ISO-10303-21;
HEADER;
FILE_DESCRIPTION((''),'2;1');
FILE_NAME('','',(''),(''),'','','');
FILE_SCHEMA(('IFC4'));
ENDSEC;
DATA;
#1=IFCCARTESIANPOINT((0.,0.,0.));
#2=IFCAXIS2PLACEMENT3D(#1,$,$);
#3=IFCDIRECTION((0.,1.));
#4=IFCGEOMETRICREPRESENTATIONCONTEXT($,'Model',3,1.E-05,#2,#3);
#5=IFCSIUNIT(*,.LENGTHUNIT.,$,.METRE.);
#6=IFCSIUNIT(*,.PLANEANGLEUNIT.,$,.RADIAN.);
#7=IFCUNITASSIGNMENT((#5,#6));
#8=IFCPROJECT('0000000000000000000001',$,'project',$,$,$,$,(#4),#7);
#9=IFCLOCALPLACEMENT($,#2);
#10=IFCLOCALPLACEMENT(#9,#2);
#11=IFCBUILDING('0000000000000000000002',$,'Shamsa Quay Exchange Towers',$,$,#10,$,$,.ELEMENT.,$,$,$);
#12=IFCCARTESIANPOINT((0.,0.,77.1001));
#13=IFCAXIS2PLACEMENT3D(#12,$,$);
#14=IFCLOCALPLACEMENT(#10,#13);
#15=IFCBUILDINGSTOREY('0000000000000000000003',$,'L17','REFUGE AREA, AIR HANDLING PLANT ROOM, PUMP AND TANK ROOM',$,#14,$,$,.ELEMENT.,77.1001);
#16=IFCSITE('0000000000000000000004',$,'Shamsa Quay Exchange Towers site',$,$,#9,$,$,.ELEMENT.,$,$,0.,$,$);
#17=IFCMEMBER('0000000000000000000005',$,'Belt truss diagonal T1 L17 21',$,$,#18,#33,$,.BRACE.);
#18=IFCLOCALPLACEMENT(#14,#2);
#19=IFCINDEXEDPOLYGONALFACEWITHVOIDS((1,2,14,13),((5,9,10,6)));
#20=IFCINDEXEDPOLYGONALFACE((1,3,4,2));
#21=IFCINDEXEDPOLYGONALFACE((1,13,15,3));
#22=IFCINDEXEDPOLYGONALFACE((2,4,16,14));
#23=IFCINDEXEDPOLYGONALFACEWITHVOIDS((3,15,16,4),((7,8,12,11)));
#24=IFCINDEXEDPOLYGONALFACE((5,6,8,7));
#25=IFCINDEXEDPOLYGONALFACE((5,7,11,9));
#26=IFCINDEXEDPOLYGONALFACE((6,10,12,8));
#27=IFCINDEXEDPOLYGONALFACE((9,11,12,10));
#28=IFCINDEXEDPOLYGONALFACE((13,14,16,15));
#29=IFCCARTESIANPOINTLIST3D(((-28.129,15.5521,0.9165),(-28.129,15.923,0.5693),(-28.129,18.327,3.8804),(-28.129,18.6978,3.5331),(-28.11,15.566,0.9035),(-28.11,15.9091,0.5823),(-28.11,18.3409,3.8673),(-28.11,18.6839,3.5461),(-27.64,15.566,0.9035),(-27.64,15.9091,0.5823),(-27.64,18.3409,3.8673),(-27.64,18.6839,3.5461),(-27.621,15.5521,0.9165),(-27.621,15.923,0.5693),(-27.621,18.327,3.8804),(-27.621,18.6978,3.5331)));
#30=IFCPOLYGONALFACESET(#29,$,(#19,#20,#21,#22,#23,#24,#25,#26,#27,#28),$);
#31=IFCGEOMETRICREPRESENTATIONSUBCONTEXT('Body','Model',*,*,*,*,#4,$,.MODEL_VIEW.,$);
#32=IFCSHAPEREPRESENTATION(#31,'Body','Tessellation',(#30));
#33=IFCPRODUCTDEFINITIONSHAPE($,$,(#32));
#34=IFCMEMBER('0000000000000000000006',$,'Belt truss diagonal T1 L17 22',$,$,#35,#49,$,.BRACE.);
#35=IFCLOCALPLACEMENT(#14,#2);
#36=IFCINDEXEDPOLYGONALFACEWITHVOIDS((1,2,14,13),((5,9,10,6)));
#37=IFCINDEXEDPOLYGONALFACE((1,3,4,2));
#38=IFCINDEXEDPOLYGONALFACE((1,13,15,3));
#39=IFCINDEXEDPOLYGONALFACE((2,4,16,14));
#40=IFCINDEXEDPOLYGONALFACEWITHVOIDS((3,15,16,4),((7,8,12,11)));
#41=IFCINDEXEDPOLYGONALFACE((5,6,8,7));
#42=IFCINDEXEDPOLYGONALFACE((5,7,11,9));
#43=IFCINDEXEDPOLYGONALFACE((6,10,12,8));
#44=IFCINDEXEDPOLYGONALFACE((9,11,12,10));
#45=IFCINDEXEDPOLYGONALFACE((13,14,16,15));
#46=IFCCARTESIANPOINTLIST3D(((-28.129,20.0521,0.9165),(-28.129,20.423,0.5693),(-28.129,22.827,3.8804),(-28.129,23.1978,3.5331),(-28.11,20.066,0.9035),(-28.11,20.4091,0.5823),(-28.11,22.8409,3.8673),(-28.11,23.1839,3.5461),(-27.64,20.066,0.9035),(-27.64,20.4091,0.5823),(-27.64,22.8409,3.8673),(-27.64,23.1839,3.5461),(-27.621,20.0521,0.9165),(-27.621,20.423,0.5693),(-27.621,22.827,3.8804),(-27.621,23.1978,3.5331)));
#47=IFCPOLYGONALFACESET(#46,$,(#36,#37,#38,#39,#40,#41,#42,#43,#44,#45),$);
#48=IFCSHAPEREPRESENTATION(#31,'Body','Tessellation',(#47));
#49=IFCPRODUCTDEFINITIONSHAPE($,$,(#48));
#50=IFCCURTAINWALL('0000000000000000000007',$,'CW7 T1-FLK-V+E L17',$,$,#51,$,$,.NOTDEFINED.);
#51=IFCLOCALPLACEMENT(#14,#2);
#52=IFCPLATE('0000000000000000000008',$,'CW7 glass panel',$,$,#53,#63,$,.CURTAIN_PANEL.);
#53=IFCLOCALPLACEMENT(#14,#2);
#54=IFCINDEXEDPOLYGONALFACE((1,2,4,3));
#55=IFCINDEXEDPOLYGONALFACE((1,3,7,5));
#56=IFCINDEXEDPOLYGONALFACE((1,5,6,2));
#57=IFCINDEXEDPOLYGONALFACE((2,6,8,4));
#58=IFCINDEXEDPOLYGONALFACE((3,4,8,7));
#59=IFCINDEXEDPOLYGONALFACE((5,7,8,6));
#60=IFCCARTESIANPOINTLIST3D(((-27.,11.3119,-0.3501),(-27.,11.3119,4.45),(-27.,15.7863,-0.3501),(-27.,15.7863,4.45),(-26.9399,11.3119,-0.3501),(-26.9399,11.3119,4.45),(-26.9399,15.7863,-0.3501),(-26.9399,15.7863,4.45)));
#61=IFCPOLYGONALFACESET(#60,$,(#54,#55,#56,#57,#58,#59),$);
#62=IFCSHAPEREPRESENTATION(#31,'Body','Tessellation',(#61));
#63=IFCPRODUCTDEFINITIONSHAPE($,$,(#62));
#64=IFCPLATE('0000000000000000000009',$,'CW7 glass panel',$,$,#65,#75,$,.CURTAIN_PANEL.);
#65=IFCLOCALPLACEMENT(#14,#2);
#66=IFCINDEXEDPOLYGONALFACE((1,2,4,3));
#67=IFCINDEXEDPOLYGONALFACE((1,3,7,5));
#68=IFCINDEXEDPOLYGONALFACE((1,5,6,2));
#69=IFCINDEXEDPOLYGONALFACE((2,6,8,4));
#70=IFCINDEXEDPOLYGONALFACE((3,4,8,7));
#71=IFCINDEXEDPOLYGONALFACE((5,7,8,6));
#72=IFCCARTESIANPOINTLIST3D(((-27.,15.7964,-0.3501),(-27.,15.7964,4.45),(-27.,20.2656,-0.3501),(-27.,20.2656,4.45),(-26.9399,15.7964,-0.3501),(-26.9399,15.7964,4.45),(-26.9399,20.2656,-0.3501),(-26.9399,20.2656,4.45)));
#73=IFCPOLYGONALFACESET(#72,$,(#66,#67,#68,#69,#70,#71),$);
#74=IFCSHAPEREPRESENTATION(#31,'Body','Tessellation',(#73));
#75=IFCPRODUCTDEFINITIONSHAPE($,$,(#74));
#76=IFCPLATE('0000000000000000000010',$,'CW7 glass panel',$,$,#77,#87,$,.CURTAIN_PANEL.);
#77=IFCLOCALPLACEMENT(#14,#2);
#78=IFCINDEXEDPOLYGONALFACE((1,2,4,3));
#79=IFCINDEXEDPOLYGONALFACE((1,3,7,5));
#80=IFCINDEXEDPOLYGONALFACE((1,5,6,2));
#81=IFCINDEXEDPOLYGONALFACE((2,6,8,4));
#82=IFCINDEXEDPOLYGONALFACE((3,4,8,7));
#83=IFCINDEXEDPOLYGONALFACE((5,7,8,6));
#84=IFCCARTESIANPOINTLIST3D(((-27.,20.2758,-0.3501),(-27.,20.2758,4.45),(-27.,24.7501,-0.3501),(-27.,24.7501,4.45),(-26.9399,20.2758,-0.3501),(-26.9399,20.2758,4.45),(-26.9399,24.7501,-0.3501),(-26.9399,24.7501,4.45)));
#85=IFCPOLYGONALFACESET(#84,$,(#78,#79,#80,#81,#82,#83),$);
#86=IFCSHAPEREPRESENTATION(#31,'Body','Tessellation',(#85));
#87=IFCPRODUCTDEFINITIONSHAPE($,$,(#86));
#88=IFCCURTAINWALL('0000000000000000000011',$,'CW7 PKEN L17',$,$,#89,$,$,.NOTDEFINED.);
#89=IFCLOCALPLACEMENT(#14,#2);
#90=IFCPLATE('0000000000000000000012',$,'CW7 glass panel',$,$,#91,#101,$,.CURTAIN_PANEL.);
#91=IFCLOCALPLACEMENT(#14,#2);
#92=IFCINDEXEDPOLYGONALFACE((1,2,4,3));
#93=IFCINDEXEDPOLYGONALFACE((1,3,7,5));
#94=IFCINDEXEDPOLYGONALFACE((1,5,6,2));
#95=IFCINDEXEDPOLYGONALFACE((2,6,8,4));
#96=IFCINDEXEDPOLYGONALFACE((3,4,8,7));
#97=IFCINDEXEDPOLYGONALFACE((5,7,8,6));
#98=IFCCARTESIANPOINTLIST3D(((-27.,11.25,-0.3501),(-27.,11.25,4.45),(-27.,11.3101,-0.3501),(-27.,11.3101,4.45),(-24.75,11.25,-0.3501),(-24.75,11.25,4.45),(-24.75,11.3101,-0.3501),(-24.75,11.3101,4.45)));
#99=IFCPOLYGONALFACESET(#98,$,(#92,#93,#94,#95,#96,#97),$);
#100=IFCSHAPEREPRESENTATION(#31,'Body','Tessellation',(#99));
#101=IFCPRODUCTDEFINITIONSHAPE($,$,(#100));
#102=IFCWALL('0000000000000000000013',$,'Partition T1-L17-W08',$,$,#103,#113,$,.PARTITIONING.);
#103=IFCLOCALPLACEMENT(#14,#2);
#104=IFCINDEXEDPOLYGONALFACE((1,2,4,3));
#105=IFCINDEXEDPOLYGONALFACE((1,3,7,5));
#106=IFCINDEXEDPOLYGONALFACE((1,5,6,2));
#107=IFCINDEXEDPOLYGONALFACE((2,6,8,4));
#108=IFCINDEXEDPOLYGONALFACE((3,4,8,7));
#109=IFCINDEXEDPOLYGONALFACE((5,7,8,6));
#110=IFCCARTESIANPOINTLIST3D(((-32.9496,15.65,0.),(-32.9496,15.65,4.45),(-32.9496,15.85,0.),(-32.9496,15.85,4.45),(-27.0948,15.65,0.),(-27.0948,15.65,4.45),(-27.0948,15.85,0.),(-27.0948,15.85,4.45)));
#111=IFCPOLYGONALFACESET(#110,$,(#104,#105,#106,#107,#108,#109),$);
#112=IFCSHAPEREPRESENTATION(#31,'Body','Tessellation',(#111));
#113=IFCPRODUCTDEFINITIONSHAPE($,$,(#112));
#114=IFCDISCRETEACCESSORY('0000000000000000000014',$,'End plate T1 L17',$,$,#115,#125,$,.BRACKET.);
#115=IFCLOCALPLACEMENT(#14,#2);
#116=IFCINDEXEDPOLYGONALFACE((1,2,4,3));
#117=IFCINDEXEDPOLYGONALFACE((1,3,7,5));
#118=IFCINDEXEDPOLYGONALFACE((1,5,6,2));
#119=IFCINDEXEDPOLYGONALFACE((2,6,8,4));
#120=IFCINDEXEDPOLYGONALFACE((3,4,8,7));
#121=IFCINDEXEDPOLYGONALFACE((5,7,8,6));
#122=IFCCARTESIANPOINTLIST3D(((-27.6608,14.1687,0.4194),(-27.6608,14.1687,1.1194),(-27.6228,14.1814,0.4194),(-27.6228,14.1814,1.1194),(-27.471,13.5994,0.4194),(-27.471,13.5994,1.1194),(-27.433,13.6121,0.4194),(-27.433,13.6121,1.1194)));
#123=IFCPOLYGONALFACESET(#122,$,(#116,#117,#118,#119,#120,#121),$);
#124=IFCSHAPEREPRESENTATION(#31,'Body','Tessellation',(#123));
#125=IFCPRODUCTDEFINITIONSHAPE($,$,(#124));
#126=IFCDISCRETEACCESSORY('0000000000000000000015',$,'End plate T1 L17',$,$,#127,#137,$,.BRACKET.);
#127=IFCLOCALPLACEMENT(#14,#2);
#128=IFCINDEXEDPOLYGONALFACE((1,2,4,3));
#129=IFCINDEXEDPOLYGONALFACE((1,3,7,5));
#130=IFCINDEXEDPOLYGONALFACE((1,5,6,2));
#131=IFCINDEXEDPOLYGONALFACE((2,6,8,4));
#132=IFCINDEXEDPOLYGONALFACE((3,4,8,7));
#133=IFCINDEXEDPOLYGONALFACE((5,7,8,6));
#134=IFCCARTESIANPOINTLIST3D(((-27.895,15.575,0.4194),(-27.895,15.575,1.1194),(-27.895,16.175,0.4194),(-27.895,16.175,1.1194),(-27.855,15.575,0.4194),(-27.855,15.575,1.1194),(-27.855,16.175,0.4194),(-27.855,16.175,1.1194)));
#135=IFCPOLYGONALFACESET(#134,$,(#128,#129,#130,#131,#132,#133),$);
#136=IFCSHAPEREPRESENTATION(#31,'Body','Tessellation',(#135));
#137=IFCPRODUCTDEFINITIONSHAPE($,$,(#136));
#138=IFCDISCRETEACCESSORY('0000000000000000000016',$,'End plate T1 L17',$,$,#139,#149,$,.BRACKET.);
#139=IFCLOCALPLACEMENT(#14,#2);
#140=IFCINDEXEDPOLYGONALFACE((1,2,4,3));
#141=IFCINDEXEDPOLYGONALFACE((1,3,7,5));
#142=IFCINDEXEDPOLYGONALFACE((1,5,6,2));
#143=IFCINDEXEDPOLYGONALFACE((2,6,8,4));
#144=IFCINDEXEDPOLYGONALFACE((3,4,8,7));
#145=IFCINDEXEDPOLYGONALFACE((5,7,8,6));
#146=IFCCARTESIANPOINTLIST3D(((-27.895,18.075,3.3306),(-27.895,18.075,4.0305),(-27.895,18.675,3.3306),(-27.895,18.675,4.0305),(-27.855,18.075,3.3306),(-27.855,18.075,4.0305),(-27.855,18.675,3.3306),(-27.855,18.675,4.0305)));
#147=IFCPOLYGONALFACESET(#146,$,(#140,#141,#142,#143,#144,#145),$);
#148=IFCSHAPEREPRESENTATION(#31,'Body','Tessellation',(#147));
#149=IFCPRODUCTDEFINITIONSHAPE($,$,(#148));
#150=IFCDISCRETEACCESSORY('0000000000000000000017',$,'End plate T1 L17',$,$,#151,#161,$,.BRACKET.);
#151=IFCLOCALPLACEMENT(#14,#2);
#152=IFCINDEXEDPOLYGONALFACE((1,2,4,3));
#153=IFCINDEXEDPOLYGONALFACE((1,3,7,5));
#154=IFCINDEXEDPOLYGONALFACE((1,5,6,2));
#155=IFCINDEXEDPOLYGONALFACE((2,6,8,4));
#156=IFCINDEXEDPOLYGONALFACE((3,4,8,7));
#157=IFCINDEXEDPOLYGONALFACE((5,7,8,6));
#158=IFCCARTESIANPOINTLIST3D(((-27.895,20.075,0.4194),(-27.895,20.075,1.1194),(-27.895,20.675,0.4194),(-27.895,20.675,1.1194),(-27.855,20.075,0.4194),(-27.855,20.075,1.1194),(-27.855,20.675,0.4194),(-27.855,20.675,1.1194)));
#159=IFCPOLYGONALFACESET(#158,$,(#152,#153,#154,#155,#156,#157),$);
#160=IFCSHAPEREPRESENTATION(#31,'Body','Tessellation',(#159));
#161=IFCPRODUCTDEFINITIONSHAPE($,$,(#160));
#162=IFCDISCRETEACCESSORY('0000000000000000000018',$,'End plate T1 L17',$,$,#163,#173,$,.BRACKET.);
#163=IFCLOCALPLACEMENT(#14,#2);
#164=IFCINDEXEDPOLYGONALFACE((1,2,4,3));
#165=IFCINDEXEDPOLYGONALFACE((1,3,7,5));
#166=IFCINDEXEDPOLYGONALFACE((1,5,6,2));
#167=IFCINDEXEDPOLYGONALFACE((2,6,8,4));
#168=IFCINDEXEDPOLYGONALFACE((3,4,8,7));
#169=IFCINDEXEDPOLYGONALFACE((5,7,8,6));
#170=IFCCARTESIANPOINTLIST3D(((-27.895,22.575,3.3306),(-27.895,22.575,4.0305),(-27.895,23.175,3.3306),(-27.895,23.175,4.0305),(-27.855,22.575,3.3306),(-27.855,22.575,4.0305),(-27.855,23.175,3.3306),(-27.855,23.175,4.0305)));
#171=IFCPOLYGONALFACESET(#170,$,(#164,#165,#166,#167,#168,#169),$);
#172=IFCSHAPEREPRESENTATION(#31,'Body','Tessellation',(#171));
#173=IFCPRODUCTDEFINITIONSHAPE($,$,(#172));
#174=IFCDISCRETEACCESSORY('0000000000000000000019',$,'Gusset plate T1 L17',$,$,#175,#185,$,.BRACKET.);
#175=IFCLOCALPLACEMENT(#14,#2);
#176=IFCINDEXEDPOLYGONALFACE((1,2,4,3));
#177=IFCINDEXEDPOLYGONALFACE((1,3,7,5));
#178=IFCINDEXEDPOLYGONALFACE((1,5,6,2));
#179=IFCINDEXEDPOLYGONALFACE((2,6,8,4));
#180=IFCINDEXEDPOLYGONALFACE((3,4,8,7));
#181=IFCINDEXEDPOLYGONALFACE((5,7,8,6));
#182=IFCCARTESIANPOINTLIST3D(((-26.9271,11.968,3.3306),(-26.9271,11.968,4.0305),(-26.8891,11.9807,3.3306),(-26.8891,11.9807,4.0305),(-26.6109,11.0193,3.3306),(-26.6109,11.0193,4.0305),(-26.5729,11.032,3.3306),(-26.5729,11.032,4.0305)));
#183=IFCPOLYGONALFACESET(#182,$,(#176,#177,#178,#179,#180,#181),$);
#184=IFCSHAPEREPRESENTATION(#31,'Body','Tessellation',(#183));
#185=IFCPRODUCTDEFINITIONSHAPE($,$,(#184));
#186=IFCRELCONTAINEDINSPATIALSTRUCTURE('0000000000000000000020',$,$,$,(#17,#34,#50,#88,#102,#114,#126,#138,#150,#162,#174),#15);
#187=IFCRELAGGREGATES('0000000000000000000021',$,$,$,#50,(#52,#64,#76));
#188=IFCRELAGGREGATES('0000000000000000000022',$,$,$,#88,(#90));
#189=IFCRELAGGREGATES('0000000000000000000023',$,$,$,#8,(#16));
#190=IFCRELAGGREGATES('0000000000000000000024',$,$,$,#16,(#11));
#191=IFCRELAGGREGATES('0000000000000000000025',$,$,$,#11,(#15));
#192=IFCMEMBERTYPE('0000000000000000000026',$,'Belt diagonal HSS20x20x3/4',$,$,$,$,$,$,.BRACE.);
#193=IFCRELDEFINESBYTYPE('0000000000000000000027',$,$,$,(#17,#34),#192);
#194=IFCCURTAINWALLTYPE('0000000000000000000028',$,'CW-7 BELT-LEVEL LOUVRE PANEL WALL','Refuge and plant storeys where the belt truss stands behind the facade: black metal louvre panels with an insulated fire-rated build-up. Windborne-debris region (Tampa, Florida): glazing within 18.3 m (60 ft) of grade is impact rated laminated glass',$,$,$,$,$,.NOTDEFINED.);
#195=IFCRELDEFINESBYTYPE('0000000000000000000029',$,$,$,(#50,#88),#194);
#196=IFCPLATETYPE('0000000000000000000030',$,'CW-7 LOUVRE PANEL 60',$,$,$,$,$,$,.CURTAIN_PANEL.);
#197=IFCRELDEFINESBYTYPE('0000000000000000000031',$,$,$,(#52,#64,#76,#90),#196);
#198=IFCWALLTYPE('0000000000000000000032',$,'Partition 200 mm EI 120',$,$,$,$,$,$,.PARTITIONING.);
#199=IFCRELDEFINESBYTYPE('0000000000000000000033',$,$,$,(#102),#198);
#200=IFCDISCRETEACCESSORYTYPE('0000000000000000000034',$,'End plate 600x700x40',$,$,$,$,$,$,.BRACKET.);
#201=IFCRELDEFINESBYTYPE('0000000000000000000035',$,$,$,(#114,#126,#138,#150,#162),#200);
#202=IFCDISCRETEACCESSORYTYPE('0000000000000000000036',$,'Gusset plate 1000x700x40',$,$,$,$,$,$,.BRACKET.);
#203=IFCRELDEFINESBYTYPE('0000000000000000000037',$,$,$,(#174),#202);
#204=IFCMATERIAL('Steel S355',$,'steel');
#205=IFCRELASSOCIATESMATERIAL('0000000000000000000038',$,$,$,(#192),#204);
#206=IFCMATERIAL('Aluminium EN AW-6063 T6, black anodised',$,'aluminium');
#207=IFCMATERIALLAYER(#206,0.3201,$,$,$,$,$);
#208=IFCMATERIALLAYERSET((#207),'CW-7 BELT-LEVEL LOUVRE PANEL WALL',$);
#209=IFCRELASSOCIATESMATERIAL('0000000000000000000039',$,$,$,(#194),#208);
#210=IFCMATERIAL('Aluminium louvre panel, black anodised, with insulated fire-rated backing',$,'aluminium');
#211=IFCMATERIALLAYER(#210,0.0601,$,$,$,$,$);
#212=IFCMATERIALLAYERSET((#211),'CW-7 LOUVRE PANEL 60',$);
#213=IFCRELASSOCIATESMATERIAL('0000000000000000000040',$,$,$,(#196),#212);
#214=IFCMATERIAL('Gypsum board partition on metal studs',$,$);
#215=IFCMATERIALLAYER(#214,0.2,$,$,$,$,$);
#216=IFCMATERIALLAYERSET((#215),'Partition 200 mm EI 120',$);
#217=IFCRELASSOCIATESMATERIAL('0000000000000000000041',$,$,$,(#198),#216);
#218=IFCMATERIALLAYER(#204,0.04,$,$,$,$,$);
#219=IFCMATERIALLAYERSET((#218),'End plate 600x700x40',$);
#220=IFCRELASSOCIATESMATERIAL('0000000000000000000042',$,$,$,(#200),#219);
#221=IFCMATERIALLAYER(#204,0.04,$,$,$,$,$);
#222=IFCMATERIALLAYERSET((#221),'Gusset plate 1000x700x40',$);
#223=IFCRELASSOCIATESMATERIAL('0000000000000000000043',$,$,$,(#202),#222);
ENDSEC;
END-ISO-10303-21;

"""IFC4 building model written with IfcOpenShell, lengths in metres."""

from ifc_helpers import new_model, si_unit, direction, frame, frame_2d, origin, origin_2d, place, context, subcontext, project, spatial, rectangle, hollow_rectangle, extrude, material, layer, layer_set, material_profile, profile_set, type_object, element, aggregate, save


model = new_model("IFC4")

# Units and contexts
model_context = context("Model", 3, precision=1e-05, world=origin(), true_north=direction((0.0, 1.0)))
body_context = subcontext(model_context, "Body", "Model", "MODEL_VIEW")
ifc_project = project(units=[si_unit("LENGTHUNIT", "METRE"), si_unit("PLANEANGLEUNIT", "RADIAN")], contexts=[model_context])

# Site, building, storey
site_placement = place(None, origin())
site = spatial("IfcSite", under=ifc_project, at=site_placement, Name="Shamsa Quay Exchange Towers site", CompositionType="ELEMENT", RefElevation=0.0)
building_placement = place(site_placement, origin())
building = spatial("IfcBuilding", under=site, at=building_placement, Name="Shamsa Quay Exchange Towers", CompositionType="ELEMENT")
storey_placement = place(building_placement, frame((0.0, 0.0, 77.1001)))
storey = spatial("IfcBuildingStorey", under=building, at=storey_placement, Name="L17", Description="REFUGE AREA, AIR HANDLING PLANT ROOM, PUMP AND TANK ROOM", CompositionType="ELEMENT", Elevation=77.1001)

# Members
ifc_material_1 = material(Name="Steel S355", Category="steel")
ifc_material_profile_1 = material_profile(ifc_material_1, hollow_rectangle(XDim=0.5081, YDim=0.5081, WallThickness=0.019, at=origin_2d()), Name="HSS20x20x3/4")
ifc_profile_set_1 = profile_set([ifc_material_profile_1], Name="Steel S355")
member_type_1 = type_object("IfcMemberType", Name="Belt diagonal HSS20x20x3/4", PredefinedType="BRACE", material=ifc_profile_set_1)
for number, where, z_axis, x_axis, name in (
    (1, (-27.875, 15.7375, 0.7429), (0.0, 0.683453, 0.729995), (-1.0, 0.0, 0.0), "Belt truss diagonal T1 L17 21"),
    (2, (-27.875, 20.2375, 0.7429), (0.0, 0.683453, 0.729995), (-1.0, 0.0, 0.0), "Belt truss diagonal T1 L17 22"),
):
    element("IfcMember", number, at=place(storey_placement, frame(where, z_axis=z_axis, x_axis=x_axis)), inside=storey, type_object=member_type_1, Name=name, PredefinedType="BRACE", context=body_context, shape_type="SweptSolid", body=[
        extrude(hollow_rectangle(XDim=0.5081, YDim=0.5081, WallThickness=0.019, at=origin_2d()), origin(), (0.0, 0.0, 1.0), 4.0601),
    ])

# Curtain wall, plates
ifc_material_2 = material(Name="Aluminium EN AW-6063 T6, black anodised", Category="aluminium")
ifc_layer_1 = layer(ifc_material_2, 0.3201)
ifc_layer_set_1 = layer_set([ifc_layer_1], Name="CW-7 BELT-LEVEL LOUVRE PANEL WALL")
curtain_wall_type = type_object("IfcCurtainWallType", Name="CW-7 BELT-LEVEL LOUVRE PANEL WALL", Description="Refuge and plant storeys where the belt truss stands behind the facade: black metal louvre panels with an insulated fire-rated build-up. Windborne-debris region (Tampa, Florida): glazing within 18.3 m (60 ft) of grade is impact rated laminated glass", PredefinedType="NOTDEFINED", material=ifc_layer_set_1)
curtain_wall_1_placement = place(storey_placement, origin())
curtain_wall_1 = element("IfcCurtainWall", 3, at=curtain_wall_1_placement, inside=storey, type_object=curtain_wall_type, Name="CW7 T1-FLK-V+E L17", PredefinedType="NOTDEFINED")
ifc_material_3 = material(Name="Aluminium louvre panel, black anodised, with insulated fire-rated backing", Category="aluminium")
ifc_layer_2 = layer(ifc_material_3, 0.0601)
ifc_layer_set_2 = layer_set([ifc_layer_2], Name="CW-7 LOUVRE PANEL 60")
plate_type = type_object("IfcPlateType", Name="CW-7 LOUVRE PANEL 60", PredefinedType="CURTAIN_PANEL", material=ifc_layer_set_2)
plate_1_placement = place(storey_placement, frame((-26.97, 13.5491, -0.3501), z_axis=(0.0, 0.0, 1.0), x_axis=(0.0, 1.0, 0.0)))
plate_1 = element("IfcPlate", 4, at=plate_1_placement, type_object=plate_type, Name="CW7 glass panel", PredefinedType="CURTAIN_PANEL", context=body_context, shape_type="SweptSolid", body=[
    extrude(rectangle(XDim=4.4744, YDim=0.0601, at=origin_2d()), origin(), (0.0, 0.0, 1.0), 4.8),
])
plate_2_placement = place(storey_placement, frame((-26.97, 18.031, -0.3501), z_axis=(0.0, 0.0, 1.0), x_axis=(0.0, 1.0, 0.0)))
plate_2 = element("IfcPlate", 5, at=plate_2_placement, type_object=plate_type, Name="CW7 glass panel", PredefinedType="CURTAIN_PANEL", context=body_context, shape_type="SweptSolid", body=[
    extrude(rectangle(XDim=4.4692, YDim=0.0601, at=origin_2d()), origin(), (0.0, 0.0, 1.0), 4.8),
])
plate_3_placement = place(storey_placement, frame((-26.97, 22.5129, -0.3501), z_axis=(0.0, 0.0, 1.0), x_axis=(0.0, 1.0, 0.0)))
plate_3 = element("IfcPlate", 6, at=plate_3_placement, type_object=plate_type, Name="CW7 glass panel", PredefinedType="CURTAIN_PANEL", context=body_context, shape_type="SweptSolid", body=[
    extrude(rectangle(XDim=4.4744, YDim=0.0601, at=origin_2d()), origin(), (0.0, 0.0, 1.0), 4.8),
])
aggregate(curtain_wall_1, [plate_1, plate_2, plate_3])

# Curtain wall, plate
curtain_wall_2_placement = place(storey_placement, origin())
curtain_wall_2 = element("IfcCurtainWall", 7, at=curtain_wall_2_placement, inside=storey, type_object=curtain_wall_type, Name="CW7 PKEN L17", PredefinedType="NOTDEFINED")
plate_4_placement = place(storey_placement, frame((-25.875, 11.28, -0.3501), z_axis=(0.0, 0.0, 1.0), x_axis=(-1.0, 0.0, 0.0)))
plate_4 = element("IfcPlate", 8, at=plate_4_placement, type_object=plate_type, Name="CW7 glass panel", PredefinedType="CURTAIN_PANEL", context=body_context, shape_type="SweptSolid", body=[
    extrude(rectangle(XDim=2.25, YDim=0.0601, at=origin_2d()), origin(), (0.0, 0.0, 1.0), 4.8),
])
aggregate(curtain_wall_2, [plate_4])

# Wall
ifc_material_4 = material(Name="Gypsum board partition on metal studs")
ifc_layer_3 = layer(ifc_material_4, 0.2)
ifc_layer_set_3 = layer_set([ifc_layer_3], Name="Partition 200 mm EI 120")
wall_type = type_object("IfcWallType", Name="Partition 200 mm EI 120", PredefinedType="PARTITIONING", material=ifc_layer_set_3)
wall_placement = place(storey_placement, frame((-27.095, 15.75, 0.0), z_axis=(0.0, 0.0, 1.0), x_axis=(-1.0, 0.0, 0.0)))
element("IfcWall", 9, at=wall_placement, inside=storey, type_object=wall_type, Name="Partition T1-L17-W08", PredefinedType="PARTITIONING", context=body_context, shape_type="SweptSolid", body=[
    extrude(rectangle(XDim=5.8547, YDim=0.2, at=frame_2d((2.9272, 0.0))), origin(), (0.0, 0.0, 1.0), 4.45),
])

# Discrete accessories
ifc_layer_4 = layer(ifc_material_1, 0.04)
ifc_layer_set_4 = layer_set([ifc_layer_4], Name="End plate 600x700x40")
discrete_accessory_type_1 = type_object("IfcDiscreteAccessoryType", Name="End plate 600x700x40", PredefinedType="BRACKET", material=ifc_layer_set_4)
for number, where, z_axis, x_axis, name in (
    (10, (-27.5469, 13.8904, 0.4194), (0.0, 0.0, 1.0), (-0.316228, 0.948683, 0.0), "End plate T1 L17"),
    (11, (-27.875, 15.875, 0.4194), (0.0, 0.0, 1.0), (0.0, 1.0, 0.0), "End plate T1 L17"),
    (12, (-27.875, 18.375, 3.3306), (0.0, 0.0, 1.0), (0.0, 1.0, 0.0), "End plate T1 L17"),
    (13, (-27.875, 20.375, 0.4194), (0.0, 0.0, 1.0), (0.0, 1.0, 0.0), "End plate T1 L17"),
    (14, (-27.875, 22.875, 3.3306), (0.0, 0.0, 1.0), (0.0, 1.0, 0.0), "End plate T1 L17"),
):
    element("IfcDiscreteAccessory", number, at=place(storey_placement, frame(where, z_axis=z_axis, x_axis=x_axis)), inside=storey, type_object=discrete_accessory_type_1, Name=name, PredefinedType="BRACKET", context=body_context, shape_type="SweptSolid", body=[
        extrude(rectangle(XDim=0.6001, YDim=0.04, at=origin_2d()), origin(), (0.0, 0.0, 1.0), 0.7),
    ])
ifc_layer_5 = layer(ifc_material_1, 0.04)
ifc_layer_set_5 = layer_set([ifc_layer_5], Name="Gusset plate 1000x700x40")
discrete_accessory_type_2 = type_object("IfcDiscreteAccessoryType", Name="Gusset plate 1000x700x40", PredefinedType="BRACKET", material=ifc_layer_set_5)
discrete_accessory_placement = place(storey_placement, frame((-26.75, 11.5, 3.3306), z_axis=(0.0, 0.0, 1.0), x_axis=(-0.316228, 0.948683, 0.0)))
element("IfcDiscreteAccessory", 15, at=discrete_accessory_placement, inside=storey, type_object=discrete_accessory_type_2, Name="Gusset plate T1 L17", PredefinedType="BRACKET", context=body_context, shape_type="SweptSolid", body=[
    extrude(rectangle(XDim=1.0, YDim=0.04, at=origin_2d()), origin(), (0.0, 0.0, 1.0), 0.7),
])

save(model, "model.ifc")
